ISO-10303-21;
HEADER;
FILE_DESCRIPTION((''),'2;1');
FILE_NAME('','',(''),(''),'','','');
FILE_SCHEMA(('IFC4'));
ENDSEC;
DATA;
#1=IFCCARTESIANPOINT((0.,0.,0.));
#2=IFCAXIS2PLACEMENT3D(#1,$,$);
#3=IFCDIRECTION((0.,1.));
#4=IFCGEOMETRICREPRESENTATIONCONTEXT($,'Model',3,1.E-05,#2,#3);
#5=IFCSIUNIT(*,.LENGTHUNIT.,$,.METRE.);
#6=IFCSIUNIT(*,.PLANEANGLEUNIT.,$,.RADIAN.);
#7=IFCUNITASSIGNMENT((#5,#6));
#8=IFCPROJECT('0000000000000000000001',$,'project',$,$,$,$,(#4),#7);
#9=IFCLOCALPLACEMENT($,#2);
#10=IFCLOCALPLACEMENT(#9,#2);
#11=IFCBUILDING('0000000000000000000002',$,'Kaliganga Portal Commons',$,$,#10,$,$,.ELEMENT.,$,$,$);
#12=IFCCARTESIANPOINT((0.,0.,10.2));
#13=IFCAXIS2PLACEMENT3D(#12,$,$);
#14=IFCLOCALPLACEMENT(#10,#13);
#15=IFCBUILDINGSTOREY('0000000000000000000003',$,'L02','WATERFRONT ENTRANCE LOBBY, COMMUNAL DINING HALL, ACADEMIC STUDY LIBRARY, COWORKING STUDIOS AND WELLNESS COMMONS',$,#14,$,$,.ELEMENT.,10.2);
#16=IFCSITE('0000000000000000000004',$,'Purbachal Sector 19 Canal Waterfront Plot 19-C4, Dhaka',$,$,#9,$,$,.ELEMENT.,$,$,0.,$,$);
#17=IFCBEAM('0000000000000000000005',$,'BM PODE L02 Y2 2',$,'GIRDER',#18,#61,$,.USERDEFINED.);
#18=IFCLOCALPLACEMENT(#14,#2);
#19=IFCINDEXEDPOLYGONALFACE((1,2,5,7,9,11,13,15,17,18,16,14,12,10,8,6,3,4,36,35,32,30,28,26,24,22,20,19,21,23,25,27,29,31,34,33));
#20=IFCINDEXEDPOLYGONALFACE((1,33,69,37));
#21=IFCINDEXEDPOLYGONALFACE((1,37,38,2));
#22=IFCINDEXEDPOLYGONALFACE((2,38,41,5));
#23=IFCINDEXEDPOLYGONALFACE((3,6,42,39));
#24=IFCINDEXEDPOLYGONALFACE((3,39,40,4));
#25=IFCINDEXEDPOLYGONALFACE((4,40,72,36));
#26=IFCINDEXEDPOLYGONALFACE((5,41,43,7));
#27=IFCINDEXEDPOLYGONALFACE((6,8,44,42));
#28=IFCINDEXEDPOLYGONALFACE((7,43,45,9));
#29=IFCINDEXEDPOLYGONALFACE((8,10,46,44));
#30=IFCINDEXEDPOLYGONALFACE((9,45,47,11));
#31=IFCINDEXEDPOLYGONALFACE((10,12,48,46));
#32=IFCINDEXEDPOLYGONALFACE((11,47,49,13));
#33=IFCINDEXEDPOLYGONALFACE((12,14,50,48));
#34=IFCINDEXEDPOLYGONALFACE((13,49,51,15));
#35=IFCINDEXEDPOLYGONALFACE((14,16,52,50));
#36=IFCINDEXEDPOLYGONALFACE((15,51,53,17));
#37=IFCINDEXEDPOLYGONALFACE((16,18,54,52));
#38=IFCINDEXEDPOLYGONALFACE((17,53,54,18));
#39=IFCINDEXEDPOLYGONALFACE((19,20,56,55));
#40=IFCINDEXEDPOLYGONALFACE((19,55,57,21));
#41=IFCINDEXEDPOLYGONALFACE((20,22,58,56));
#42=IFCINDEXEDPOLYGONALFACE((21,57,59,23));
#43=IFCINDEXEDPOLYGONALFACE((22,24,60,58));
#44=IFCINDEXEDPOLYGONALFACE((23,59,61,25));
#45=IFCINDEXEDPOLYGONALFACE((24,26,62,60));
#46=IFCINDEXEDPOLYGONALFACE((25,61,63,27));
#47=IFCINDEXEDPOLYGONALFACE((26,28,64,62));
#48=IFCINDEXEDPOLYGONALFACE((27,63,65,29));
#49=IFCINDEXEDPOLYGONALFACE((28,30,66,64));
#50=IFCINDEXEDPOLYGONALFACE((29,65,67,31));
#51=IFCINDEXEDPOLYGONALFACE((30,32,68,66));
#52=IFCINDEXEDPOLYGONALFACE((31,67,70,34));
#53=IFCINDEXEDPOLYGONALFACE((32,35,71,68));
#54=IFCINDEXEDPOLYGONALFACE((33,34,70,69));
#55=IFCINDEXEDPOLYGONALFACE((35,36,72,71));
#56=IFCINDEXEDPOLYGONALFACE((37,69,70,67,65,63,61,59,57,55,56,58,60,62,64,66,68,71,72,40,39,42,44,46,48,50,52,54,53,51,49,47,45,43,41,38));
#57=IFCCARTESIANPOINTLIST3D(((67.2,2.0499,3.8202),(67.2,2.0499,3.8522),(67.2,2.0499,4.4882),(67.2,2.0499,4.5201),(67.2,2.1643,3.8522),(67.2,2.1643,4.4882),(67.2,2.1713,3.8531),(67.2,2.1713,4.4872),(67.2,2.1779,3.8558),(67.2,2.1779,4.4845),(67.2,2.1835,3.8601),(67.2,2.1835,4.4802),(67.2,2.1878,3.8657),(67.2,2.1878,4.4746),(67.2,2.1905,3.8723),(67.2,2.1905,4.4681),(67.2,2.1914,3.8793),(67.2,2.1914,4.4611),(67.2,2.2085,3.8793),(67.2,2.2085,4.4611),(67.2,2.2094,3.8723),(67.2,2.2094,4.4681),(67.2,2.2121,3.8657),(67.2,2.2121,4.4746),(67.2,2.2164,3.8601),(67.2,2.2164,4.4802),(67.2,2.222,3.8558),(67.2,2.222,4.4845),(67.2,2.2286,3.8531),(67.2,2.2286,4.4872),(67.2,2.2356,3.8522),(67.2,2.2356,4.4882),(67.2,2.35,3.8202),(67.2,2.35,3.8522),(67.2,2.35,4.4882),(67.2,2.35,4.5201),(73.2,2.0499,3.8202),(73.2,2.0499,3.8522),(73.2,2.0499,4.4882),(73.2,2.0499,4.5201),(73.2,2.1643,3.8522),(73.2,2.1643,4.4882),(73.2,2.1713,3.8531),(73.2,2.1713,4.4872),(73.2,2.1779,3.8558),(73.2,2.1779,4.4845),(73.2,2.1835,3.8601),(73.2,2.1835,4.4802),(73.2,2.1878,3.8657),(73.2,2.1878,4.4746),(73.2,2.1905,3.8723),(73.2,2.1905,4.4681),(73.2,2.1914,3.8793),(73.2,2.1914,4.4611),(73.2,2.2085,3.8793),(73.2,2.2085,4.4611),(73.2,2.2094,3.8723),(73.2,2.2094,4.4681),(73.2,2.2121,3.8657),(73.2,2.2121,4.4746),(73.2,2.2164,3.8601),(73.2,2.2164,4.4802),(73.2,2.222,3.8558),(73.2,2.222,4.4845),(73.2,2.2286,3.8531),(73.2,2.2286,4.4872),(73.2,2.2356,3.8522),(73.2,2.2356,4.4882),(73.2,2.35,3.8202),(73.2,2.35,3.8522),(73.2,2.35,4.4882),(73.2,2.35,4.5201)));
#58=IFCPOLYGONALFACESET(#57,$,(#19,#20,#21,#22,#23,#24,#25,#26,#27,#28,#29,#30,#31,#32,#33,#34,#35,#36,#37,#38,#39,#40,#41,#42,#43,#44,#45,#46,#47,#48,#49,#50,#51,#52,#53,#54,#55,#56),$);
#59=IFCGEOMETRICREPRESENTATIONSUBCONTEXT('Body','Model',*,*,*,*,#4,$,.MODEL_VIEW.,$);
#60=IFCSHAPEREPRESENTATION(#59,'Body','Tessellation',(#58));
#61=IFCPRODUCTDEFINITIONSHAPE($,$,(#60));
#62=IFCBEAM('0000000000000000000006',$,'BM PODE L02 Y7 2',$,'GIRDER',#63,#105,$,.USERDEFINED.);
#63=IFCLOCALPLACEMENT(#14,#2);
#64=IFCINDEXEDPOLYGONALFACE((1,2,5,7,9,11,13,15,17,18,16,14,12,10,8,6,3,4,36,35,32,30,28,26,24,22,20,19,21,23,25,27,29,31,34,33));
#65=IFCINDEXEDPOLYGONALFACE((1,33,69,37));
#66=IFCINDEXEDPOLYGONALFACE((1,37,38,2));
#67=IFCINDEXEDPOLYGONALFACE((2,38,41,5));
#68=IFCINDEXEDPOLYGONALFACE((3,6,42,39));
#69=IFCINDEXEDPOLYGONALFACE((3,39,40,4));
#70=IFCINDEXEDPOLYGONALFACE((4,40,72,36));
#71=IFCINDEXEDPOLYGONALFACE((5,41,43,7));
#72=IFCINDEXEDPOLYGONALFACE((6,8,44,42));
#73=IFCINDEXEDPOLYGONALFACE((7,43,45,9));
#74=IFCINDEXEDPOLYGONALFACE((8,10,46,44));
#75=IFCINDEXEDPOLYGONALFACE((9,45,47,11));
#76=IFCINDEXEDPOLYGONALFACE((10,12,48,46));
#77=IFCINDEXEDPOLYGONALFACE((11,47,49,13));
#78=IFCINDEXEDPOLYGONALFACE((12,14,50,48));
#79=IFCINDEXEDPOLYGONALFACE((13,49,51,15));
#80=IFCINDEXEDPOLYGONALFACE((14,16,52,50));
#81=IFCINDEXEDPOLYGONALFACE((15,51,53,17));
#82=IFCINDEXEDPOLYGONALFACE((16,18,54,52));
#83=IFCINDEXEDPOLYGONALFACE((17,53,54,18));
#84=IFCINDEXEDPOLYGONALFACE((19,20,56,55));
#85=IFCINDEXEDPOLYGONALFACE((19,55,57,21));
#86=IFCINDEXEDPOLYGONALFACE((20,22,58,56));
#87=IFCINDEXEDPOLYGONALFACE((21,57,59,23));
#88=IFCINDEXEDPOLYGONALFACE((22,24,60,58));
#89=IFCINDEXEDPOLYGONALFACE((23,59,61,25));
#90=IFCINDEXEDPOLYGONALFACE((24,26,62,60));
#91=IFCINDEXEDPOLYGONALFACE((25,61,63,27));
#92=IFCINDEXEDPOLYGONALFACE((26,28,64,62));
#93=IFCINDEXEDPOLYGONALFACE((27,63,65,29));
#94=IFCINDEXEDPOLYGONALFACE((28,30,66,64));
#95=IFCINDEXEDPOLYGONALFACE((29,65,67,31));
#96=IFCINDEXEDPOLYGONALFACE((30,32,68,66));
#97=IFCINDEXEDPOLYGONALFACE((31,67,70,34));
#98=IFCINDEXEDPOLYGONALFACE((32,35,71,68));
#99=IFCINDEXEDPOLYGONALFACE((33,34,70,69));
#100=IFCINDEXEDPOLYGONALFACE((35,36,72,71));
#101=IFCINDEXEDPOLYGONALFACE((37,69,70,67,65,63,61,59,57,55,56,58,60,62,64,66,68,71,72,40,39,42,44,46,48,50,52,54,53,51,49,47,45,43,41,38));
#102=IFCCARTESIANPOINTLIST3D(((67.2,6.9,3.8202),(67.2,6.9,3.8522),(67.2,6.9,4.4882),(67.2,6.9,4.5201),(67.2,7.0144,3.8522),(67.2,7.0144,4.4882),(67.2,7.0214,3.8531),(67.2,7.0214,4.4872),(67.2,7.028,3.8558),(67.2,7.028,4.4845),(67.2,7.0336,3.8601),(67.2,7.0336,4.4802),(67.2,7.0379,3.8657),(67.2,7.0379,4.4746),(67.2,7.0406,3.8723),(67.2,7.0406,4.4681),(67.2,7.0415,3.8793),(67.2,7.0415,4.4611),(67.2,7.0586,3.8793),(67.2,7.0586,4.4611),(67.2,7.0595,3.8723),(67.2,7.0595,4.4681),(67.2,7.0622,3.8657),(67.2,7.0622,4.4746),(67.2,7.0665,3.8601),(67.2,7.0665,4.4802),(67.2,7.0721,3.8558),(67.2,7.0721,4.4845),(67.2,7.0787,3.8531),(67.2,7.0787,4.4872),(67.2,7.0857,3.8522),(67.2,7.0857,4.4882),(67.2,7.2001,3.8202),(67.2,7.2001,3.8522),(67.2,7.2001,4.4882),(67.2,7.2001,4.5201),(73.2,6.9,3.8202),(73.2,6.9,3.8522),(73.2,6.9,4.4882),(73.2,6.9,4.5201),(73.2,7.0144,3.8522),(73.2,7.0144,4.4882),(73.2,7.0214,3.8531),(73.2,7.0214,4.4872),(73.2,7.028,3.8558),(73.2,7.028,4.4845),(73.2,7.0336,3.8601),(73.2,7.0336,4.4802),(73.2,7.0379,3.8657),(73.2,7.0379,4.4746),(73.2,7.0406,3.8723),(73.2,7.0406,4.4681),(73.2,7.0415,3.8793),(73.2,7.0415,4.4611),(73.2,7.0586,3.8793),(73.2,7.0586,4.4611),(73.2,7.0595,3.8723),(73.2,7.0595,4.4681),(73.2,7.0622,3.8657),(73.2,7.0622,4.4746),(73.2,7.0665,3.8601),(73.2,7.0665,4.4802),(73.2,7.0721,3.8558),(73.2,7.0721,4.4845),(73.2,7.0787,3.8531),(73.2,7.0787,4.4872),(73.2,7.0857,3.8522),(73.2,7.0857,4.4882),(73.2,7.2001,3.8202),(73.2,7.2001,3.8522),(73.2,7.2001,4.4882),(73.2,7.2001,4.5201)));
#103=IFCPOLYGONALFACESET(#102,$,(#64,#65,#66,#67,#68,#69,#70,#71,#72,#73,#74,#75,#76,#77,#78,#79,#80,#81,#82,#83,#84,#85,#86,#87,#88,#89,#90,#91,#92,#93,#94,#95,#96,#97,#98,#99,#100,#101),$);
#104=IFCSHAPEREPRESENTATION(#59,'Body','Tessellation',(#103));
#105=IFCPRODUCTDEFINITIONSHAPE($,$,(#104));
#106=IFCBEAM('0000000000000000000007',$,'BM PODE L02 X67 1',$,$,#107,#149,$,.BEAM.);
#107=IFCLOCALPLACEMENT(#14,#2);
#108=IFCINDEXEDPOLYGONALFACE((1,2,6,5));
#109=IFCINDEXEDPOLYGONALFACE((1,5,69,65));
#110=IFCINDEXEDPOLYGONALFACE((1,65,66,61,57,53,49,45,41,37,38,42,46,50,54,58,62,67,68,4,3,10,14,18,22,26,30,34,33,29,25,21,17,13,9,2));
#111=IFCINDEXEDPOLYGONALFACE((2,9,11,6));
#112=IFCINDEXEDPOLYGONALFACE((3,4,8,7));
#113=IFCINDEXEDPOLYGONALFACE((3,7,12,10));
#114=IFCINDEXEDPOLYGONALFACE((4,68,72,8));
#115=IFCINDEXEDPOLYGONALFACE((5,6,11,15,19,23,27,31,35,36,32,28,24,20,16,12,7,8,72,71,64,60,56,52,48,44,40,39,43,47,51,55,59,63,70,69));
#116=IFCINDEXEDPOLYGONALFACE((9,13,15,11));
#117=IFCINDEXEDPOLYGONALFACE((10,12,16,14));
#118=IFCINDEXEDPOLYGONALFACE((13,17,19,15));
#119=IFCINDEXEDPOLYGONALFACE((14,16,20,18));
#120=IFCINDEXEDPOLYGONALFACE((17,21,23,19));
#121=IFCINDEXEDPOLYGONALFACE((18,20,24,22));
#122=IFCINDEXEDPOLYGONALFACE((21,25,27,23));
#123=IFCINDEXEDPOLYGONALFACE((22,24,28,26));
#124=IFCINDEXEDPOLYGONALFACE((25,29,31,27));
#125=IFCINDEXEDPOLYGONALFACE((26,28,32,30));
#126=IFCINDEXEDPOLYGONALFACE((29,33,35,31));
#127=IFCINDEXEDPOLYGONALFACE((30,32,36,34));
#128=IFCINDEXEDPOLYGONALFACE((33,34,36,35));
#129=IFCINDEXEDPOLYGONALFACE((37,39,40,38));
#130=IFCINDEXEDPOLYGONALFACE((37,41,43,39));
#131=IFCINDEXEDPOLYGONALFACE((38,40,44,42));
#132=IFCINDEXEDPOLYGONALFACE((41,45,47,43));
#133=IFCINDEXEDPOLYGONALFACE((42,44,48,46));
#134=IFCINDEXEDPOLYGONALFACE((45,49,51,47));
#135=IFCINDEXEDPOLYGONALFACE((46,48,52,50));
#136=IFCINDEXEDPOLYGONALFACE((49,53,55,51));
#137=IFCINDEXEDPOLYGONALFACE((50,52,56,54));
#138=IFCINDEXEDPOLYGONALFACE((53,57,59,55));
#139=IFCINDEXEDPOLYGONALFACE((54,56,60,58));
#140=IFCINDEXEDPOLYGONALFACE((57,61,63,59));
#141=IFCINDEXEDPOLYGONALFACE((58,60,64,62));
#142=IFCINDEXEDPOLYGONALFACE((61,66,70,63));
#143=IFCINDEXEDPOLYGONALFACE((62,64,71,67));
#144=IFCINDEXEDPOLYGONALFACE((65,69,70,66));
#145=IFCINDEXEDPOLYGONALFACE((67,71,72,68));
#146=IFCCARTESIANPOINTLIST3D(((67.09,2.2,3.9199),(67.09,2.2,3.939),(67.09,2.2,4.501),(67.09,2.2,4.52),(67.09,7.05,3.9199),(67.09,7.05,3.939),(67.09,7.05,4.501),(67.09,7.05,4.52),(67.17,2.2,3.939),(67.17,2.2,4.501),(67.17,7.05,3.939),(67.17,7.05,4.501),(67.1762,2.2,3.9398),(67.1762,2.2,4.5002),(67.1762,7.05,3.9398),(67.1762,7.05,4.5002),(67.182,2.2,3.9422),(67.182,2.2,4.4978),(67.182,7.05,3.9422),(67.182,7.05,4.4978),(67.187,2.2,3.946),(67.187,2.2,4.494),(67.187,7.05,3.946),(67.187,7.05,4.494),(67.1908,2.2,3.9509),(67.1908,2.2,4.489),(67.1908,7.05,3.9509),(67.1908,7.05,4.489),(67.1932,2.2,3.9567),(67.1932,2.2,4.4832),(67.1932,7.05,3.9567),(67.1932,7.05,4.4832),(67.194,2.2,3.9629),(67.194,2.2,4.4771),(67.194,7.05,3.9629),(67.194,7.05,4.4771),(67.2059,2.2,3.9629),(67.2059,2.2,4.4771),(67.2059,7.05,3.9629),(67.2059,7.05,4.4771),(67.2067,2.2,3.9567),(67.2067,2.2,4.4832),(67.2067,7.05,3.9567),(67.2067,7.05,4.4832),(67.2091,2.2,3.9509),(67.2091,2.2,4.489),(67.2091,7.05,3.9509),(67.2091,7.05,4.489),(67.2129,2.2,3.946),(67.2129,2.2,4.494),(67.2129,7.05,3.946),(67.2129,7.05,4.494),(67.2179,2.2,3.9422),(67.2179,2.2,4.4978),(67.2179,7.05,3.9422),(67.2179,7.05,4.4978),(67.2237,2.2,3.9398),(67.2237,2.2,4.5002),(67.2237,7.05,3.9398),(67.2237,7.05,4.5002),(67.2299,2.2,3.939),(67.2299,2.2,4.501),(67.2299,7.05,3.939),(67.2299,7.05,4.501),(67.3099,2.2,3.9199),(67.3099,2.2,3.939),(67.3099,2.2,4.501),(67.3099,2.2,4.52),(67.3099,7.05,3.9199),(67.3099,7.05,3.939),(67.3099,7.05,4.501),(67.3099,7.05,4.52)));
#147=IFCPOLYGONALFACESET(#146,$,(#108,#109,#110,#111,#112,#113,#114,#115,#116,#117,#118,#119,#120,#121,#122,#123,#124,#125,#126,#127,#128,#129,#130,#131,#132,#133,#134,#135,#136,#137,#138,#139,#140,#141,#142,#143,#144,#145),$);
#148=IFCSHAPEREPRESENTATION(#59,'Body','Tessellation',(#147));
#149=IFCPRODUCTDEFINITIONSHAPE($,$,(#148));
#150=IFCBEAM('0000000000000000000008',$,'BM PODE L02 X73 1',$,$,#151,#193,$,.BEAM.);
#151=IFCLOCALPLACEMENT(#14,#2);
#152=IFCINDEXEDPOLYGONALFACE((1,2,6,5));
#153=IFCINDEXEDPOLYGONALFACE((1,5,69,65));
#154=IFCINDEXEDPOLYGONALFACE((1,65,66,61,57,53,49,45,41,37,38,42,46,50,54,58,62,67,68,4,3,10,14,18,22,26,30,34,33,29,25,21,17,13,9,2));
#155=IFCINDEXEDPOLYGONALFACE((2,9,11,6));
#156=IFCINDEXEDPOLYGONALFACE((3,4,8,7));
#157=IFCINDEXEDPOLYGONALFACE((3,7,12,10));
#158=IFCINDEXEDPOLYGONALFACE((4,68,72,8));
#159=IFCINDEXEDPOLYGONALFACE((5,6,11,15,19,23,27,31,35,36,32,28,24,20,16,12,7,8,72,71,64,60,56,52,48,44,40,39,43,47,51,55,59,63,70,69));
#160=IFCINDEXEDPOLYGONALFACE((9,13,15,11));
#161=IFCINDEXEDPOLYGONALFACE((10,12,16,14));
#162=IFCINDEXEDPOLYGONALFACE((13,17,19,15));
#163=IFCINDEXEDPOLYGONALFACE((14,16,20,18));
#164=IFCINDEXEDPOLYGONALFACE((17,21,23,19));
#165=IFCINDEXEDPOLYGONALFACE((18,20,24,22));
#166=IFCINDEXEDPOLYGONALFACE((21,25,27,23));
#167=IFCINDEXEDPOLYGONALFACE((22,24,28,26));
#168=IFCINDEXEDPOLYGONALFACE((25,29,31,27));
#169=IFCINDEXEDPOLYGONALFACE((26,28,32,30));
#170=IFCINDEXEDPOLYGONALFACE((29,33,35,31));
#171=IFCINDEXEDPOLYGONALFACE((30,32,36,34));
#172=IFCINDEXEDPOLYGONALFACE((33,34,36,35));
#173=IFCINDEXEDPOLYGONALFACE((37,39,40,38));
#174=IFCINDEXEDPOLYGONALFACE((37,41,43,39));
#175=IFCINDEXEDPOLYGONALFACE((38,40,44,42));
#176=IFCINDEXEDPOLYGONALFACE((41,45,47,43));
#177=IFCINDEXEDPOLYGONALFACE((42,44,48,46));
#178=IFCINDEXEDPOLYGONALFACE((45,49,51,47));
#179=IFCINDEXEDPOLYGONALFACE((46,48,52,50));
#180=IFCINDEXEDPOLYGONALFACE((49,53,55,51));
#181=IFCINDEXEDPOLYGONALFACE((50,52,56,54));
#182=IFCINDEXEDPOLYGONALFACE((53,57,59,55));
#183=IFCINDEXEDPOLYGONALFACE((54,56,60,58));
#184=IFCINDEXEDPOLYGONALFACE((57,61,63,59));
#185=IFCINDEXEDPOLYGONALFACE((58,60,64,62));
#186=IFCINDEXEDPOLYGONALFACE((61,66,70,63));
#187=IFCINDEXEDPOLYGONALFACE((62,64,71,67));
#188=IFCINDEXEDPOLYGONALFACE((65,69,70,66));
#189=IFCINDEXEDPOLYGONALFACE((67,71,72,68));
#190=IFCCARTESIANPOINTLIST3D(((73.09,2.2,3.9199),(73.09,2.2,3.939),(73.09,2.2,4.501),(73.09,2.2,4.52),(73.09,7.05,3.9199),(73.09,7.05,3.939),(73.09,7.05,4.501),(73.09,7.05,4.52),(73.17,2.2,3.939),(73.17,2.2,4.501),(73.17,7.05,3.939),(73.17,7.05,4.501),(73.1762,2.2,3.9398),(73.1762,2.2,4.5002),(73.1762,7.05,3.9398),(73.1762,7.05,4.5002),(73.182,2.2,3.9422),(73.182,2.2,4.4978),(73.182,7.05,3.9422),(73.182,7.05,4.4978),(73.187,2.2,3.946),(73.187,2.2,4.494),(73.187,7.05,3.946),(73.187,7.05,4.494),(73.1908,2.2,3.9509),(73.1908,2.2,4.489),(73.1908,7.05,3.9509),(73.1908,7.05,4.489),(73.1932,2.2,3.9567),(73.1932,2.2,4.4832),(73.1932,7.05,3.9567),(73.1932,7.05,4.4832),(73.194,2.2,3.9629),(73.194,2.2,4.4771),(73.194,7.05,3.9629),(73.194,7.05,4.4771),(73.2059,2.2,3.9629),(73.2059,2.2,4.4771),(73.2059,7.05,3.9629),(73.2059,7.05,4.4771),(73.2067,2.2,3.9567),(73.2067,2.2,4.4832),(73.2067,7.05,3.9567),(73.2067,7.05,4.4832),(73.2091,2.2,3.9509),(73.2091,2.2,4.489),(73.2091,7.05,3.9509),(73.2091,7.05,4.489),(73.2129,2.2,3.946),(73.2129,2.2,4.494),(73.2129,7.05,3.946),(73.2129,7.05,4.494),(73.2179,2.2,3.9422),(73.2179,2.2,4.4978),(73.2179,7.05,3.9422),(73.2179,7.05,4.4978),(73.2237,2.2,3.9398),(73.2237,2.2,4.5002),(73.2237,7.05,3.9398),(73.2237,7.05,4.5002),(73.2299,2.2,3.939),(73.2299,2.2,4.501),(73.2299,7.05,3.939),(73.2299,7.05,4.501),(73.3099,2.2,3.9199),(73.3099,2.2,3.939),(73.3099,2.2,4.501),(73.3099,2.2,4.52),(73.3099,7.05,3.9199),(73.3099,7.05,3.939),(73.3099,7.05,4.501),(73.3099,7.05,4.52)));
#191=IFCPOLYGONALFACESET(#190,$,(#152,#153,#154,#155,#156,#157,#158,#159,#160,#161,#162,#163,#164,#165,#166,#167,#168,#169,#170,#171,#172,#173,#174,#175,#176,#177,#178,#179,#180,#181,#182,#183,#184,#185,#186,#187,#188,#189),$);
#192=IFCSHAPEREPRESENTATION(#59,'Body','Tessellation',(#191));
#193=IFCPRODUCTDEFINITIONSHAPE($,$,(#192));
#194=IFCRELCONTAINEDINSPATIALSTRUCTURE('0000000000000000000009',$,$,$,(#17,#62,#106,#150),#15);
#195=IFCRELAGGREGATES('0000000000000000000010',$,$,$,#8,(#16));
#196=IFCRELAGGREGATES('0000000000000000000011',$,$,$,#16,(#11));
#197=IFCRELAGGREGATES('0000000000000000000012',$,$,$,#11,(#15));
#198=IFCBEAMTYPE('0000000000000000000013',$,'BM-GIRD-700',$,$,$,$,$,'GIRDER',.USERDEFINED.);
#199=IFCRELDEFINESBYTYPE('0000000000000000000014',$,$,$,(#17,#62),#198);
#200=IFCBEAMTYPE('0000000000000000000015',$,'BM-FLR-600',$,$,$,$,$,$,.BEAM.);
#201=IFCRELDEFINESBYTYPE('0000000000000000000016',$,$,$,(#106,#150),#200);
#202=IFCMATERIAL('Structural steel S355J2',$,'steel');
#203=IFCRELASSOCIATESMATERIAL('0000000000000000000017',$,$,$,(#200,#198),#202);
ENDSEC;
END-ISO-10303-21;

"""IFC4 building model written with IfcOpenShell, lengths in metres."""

from ifc_helpers import new_model, si_unit, direction, frame, origin, origin_2d, place, context, subcontext, project, spatial, i_section, extrude, source, transform, mapped, material, material_profile, profile_set, type_object, element, save


model = new_model("IFC4")

# Units and contexts
model_context = context("Model", 3, precision=1e-05, world=origin(), true_north=direction((0.0, 1.0)))
body_context = subcontext(model_context, "Body", "Model", "MODEL_VIEW")
ifc_project = project(units=[si_unit("LENGTHUNIT", "METRE"), si_unit("PLANEANGLEUNIT", "RADIAN")], contexts=[model_context])

# Site, building, storey
site_placement = place(None, origin())
site = spatial("IfcSite", under=ifc_project, at=site_placement, Name="Purbachal Sector 19 Canal Waterfront Plot 19-C4, Dhaka", CompositionType="ELEMENT", RefElevation=0.0)
building_placement = place(site_placement, origin())
building = spatial("IfcBuilding", under=site, at=building_placement, Name="Kaliganga Portal Commons", CompositionType="ELEMENT")
storey_placement = place(building_placement, frame((0.0, 0.0, 10.2)))
storey = spatial("IfcBuildingStorey", under=building, at=storey_placement, Name="L02", Description="WATERFRONT ENTRANCE LOBBY, COMMUNAL DINING HALL, ACADEMIC STUDY LIBRARY, COWORKING STUDIOS AND WELLNESS COMMONS", CompositionType="ELEMENT", Elevation=10.2)

# Beams
ifc_material_1 = material(Name="Structural steel S355J2", Category="steel")
ifc_material_profile_1 = material_profile(ifc_material_1, i_section(OverallWidth=0.22, OverallDepth=0.6001, WebThickness=0.012, FlangeThickness=0.019, FilletRadius=0.0239, at=origin_2d()), Name="IPE 600")
ifc_profile_set_1 = profile_set([ifc_material_profile_1], Name="Structural steel S355J2 wide-flange")
beam_type_1 = type_object("IfcBeamType", Name="BM-FLR-600", PredefinedType="BEAM", material=ifc_profile_set_1)
ifc_material_profile_2 = material_profile(ifc_material_1, i_section(OverallWidth=0.3, OverallDepth=0.7, WebThickness=0.0171, FlangeThickness=0.032, FilletRadius=0.0271, at=origin_2d()), Name="HE 700 B")
ifc_profile_set_2 = profile_set([ifc_material_profile_2], Name="Structural steel S355J2 wide-flange")
beam_type_2 = type_object("IfcBeamType", Name="BM-GIRD-700", ElementType="GIRDER", PredefinedType="USERDEFINED", material=ifc_profile_set_2)
shared_shape_1 = source(origin(), body_context, "Body", "SweptSolid", [
    extrude(i_section(OverallWidth=0.3, OverallDepth=0.7, WebThickness=0.0171, FlangeThickness=0.032, FilletRadius=0.0271, at=origin_2d()), origin(), (0.0, 0.0, 1.0), 6.0),
])
for number, where, z_axis, x_axis, name in (
    (1, (67.2, 2.2, 4.1702), (1.0, 0.0, 0.0), (0.0, 1.0, 0.0), "BM PODE L02 Y2 2"),
    (2, (67.2, 7.05, 4.1702), (1.0, 0.0, 0.0), (0.0, 1.0, 0.0), "BM PODE L02 Y7 2"),
):
    element("IfcBeam", number, at=place(storey_placement, frame(where, z_axis=z_axis, x_axis=x_axis)), inside=storey, type_object=beam_type_2, Name=name, ObjectType="GIRDER", PredefinedType="USERDEFINED", context=body_context, shape_type="MappedRepresentation", body=[
        mapped(shared_shape_1, transform((0.0, 0.0, 0.0), x_axis=(1.0, 0.0, 0.0), y_axis=(0.0, 1.0, 0.0), z_axis=(0.0, 0.0, 1.0), scale=1.0)),
    ])
shared_shape_2 = source(origin(), body_context, "Body", "SweptSolid", [
    extrude(i_section(OverallWidth=0.22, OverallDepth=0.6001, WebThickness=0.012, FlangeThickness=0.019, FilletRadius=0.0239, at=origin_2d()), origin(), (0.0, 0.0, 1.0), 4.8501),
])
for number, where, z_axis, x_axis, name in (
    (3, (67.2, 2.2, 4.22), (0.0, 1.0, 0.0), (-1.0, 0.0, 0.0), "BM PODE L02 X67 1"),
    (4, (73.2, 2.2, 4.22), (0.0, 1.0, 0.0), (-1.0, 0.0, 0.0), "BM PODE L02 X73 1"),
):
    element("IfcBeam", number, at=place(storey_placement, frame(where, z_axis=z_axis, x_axis=x_axis)), inside=storey, type_object=beam_type_1, Name=name, PredefinedType="BEAM", context=body_context, shape_type="MappedRepresentation", body=[
        mapped(shared_shape_2, transform((0.0, 0.0, 0.0), x_axis=(1.0, 0.0, 0.0), y_axis=(0.0, 1.0, 0.0), z_axis=(0.0, 0.0, 1.0), scale=1.0)),
    ])

save(model, "model.ifc")
